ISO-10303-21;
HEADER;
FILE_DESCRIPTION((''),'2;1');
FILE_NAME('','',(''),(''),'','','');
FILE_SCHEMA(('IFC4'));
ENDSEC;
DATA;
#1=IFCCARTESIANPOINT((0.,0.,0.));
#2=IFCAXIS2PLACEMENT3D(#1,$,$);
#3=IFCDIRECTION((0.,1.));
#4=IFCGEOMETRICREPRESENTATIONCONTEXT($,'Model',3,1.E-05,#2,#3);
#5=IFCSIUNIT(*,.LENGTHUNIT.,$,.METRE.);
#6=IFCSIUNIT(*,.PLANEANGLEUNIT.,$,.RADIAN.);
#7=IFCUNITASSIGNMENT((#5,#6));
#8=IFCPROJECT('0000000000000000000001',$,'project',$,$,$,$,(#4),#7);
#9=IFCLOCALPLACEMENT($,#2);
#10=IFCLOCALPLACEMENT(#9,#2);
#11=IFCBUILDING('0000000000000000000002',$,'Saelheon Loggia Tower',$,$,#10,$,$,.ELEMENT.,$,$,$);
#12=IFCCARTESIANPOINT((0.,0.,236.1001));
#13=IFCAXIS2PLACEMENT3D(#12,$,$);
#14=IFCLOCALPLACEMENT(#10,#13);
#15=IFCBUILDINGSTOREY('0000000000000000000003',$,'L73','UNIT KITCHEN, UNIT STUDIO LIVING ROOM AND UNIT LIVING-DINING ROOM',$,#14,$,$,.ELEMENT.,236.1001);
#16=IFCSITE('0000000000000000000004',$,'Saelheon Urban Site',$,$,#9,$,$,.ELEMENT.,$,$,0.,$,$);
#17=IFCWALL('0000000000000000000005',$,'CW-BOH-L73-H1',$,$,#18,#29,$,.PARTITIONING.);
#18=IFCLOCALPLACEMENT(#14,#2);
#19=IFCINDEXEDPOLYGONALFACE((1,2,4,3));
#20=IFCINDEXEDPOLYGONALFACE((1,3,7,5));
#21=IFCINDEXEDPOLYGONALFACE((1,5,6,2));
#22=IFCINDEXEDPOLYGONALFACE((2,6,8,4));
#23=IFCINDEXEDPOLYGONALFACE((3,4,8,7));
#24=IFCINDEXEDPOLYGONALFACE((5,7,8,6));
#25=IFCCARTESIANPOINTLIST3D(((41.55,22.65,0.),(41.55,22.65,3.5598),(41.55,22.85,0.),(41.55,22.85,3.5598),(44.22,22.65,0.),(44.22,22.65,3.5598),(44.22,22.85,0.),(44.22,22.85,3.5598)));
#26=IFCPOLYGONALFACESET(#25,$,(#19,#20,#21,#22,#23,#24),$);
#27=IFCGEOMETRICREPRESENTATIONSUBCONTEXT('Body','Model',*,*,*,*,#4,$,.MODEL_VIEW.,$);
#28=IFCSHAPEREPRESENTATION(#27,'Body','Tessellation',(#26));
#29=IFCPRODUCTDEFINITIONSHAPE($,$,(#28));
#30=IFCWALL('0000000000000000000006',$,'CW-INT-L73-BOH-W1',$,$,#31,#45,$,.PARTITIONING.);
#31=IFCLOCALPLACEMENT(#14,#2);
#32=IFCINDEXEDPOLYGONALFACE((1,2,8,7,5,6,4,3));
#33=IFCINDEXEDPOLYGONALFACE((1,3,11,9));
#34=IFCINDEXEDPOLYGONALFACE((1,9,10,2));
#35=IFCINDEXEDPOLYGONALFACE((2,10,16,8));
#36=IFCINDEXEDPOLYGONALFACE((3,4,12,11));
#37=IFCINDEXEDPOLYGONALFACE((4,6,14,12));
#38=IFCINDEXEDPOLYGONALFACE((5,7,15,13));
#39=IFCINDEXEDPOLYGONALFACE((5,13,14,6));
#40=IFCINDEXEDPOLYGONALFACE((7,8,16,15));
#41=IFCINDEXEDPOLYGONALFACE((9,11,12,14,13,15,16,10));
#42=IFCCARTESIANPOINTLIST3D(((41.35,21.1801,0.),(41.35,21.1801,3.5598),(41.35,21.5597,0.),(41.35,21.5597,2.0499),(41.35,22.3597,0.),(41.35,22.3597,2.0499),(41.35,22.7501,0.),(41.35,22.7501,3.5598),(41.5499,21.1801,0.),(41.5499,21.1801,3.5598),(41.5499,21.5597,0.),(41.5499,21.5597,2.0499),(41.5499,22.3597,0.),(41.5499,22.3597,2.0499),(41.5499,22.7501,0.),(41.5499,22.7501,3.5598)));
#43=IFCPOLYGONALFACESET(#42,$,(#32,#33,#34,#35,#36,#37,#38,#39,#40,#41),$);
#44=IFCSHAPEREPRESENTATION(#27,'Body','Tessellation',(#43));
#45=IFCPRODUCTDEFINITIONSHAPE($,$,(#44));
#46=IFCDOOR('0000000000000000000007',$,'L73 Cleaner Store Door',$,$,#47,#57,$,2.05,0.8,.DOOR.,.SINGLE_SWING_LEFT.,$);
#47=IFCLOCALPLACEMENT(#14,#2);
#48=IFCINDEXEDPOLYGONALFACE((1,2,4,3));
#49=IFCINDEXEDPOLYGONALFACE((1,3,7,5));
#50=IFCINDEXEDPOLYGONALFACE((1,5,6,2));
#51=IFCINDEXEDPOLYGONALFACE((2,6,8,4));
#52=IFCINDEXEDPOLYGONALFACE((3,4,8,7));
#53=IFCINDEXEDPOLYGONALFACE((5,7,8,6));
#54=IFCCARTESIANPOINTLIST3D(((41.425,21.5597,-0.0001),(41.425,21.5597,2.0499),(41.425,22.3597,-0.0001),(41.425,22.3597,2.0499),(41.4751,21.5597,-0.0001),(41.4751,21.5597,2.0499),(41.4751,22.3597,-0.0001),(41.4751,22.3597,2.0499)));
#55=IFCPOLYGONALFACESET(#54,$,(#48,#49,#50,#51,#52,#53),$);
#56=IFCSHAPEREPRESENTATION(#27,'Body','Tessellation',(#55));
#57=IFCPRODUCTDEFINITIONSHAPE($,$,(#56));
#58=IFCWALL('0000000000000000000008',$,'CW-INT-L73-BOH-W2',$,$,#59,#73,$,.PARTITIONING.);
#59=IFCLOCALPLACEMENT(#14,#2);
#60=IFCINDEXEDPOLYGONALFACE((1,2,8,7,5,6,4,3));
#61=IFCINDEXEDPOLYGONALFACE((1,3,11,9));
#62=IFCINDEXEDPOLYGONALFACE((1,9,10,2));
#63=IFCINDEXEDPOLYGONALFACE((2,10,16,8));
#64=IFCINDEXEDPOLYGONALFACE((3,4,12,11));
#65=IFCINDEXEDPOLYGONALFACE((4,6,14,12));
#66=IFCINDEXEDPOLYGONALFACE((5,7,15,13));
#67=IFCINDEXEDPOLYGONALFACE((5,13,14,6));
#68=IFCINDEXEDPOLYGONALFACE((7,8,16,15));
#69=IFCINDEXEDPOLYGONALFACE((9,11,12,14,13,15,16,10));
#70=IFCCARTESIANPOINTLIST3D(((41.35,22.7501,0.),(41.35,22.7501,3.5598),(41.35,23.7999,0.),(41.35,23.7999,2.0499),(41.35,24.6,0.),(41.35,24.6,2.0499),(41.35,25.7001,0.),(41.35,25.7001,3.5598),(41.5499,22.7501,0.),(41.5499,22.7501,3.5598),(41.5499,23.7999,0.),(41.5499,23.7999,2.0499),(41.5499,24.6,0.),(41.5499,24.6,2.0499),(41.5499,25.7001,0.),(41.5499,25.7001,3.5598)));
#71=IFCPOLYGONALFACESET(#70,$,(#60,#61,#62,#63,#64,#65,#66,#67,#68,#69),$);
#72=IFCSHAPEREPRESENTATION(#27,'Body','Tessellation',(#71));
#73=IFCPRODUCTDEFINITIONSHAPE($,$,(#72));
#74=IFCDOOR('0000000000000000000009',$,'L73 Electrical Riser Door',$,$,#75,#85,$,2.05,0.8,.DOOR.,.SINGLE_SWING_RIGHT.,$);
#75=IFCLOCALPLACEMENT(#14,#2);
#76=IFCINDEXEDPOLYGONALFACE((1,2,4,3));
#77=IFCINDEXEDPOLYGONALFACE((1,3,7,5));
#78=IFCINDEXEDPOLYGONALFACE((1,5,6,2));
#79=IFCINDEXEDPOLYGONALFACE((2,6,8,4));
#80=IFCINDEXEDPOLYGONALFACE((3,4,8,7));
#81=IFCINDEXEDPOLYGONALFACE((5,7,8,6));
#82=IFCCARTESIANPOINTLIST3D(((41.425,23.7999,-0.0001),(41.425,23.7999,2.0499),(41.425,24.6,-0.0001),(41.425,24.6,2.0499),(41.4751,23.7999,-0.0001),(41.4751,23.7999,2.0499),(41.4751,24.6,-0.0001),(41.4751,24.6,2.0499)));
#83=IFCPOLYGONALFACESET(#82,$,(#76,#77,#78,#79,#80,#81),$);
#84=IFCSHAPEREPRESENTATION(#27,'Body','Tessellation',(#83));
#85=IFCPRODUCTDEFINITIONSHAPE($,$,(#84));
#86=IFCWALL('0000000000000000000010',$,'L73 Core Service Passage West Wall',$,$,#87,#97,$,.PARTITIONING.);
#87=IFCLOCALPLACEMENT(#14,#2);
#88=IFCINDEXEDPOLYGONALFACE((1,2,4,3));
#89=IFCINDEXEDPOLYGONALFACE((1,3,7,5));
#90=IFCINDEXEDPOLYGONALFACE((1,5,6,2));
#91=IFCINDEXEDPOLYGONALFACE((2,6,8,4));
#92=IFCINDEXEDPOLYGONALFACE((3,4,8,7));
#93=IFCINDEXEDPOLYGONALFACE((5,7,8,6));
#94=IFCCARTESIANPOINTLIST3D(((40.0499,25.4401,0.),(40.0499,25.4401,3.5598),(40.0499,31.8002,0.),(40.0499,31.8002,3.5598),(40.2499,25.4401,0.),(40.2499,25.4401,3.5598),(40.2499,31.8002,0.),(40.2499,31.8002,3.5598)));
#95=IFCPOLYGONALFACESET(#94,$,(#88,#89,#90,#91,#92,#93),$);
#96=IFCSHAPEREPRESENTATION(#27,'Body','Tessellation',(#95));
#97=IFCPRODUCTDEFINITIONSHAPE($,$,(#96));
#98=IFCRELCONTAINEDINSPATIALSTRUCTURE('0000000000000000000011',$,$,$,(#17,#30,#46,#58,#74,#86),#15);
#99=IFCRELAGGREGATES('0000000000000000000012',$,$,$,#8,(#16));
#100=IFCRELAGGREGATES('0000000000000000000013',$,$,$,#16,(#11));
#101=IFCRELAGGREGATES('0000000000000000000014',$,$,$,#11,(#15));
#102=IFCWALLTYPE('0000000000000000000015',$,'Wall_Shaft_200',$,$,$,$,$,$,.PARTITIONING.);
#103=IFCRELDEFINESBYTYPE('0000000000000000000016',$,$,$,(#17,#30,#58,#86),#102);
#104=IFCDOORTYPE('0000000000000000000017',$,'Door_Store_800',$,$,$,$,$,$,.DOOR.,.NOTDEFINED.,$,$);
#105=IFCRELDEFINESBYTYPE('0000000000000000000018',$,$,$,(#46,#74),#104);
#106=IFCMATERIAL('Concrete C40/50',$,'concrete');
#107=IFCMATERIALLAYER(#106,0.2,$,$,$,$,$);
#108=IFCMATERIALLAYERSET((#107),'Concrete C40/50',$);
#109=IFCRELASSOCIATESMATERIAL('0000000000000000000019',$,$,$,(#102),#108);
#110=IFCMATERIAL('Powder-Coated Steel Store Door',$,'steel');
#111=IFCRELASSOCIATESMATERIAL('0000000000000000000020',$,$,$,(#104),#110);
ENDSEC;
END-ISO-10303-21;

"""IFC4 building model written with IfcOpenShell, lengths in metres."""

from ifc_helpers import new_model, si_unit, direction, frame, frame_2d, origin, place, context, subcontext, project, spatial, rectangle, extrude, source, transform, mapped, material, layer, layer_set, type_object, element, fill, save


model = new_model("IFC4")

# Units and contexts
model_context = context("Model", 3, precision=1e-05, world=origin(), true_north=direction((0.0, 1.0)))
body_context = subcontext(model_context, "Body", "Model", "MODEL_VIEW")
ifc_project = project(units=[si_unit("LENGTHUNIT", "METRE"), si_unit("PLANEANGLEUNIT", "RADIAN")], contexts=[model_context])

# Site, building, storey
site_placement = place(None, origin())
site = spatial("IfcSite", under=ifc_project, at=site_placement, Name="Saelheon Urban Site", CompositionType="ELEMENT", RefElevation=0.0)
building_placement = place(site_placement, origin())
building = spatial("IfcBuilding", under=site, at=building_placement, Name="Saelheon Loggia Tower", CompositionType="ELEMENT")
storey_placement = place(building_placement, frame((0.0, 0.0, 236.1001)))
storey = spatial("IfcBuildingStorey", under=building, at=storey_placement, Name="L73", Description="UNIT KITCHEN, UNIT STUDIO LIVING ROOM AND UNIT LIVING-DINING ROOM", CompositionType="ELEMENT", Elevation=236.1001)

# Wall
ifc_material_1 = material(Name="Concrete C40/50", Category="concrete")
ifc_layer = layer(ifc_material_1, 0.2)
ifc_layer_set = layer_set([ifc_layer], Name="Concrete C40/50")
wall_type = type_object("IfcWallType", Name="Wall_Shaft_200", PredefinedType="PARTITIONING", material=ifc_layer_set)
wall_1_placement = place(storey_placement, frame((41.55, 22.75, 0.0), z_axis=(0.0, 0.0, 1.0), x_axis=(1.0, 0.0, 0.0)))
element("IfcWall", 1, at=wall_1_placement, inside=storey, type_object=wall_type, Name="CW-BOH-L73-H1", PredefinedType="PARTITIONING", context=body_context, shape_type="SweptSolid", body=[
    extrude(rectangle(XDim=2.6699, YDim=0.2, at=frame_2d((1.335, 0.0))), origin(), (0.0, 0.0, 1.0), 3.5598),
])

# Walls, openings, doors
wall_2_placement = place(storey_placement, frame((41.45, 21.1799, 0.0), z_axis=(0.0, 0.0, 1.0), x_axis=(0.0, 1.0, 0.0)))
wall_2 = element("IfcWall", 2, at=wall_2_placement, inside=storey, type_object=wall_type, Name="CW-INT-L73-BOH-W1", PredefinedType="PARTITIONING", context=body_context, shape_type="SweptSolid", body=[
    extrude(rectangle(XDim=1.5701, YDim=0.2, at=frame_2d((0.7852, 0.0))), origin(), (0.0, 0.0, 1.0), 3.5598),
])
opening_1_placement = place(wall_2_placement, frame((0.3799, 0.0, 0.0)))
opening_1 = element("IfcOpeningElement", 3, at=opening_1_placement, cuts=wall_2, PredefinedType="OPENING", context=body_context, shape_type="SweptSolid", body=[
    extrude(rectangle(XDim=0.8, YDim=2.05, at=frame_2d((0.3999, 1.0249))), frame((0.0, 0.1121, 0.0), z_axis=(0.0, -1.0, 0.0), x_axis=(1.0, 0.0, 0.0)), (0.0, 0.0, 1.0), 0.2239),
])
ifc_material_2 = material(Name="Powder-Coated Steel Store Door", Category="steel")
door_type_1 = type_object("IfcDoorType", Name="Door_Store_800", OperationType="NOTDEFINED", PredefinedType="DOOR", material=ifc_material_2)
shared_shape_1 = source(origin(), body_context, "Body", "SweptSolid", [
    extrude(rectangle(XDim=0.8, YDim=2.05, at=frame_2d((0.3999, 1.0249))), frame((0.0, 0.0249, 0.0), z_axis=(0.0, -1.0, 0.0), x_axis=(1.0, 0.0, 0.0)), (0.0, 0.0, 1.0), 0.05),
])
door_1_placement = place(opening_1_placement, origin())
door_1 = element("IfcDoor", 4, at=door_1_placement, inside=storey, type_object=door_type_1, Name="L73 Cleaner Store Door", OperationType="SINGLE_SWING_LEFT", OverallHeight=2.05, OverallWidth=0.8, PredefinedType="DOOR", context=body_context, shape_type="MappedRepresentation", body=[
    mapped(shared_shape_1, transform((0.0, 0.0, 0.0), scale=1.0)),
])
fill(opening_1, door_1)
wall_3_placement = place(storey_placement, frame((41.45, 22.75, 0.0), z_axis=(0.0, 0.0, 1.0), x_axis=(0.0, 1.0, 0.0)))
wall_3 = element("IfcWall", 5, at=wall_3_placement, inside=storey, type_object=wall_type, Name="CW-INT-L73-BOH-W2", PredefinedType="PARTITIONING", context=body_context, shape_type="SweptSolid", body=[
    extrude(rectangle(XDim=2.95, YDim=0.2, at=frame_2d((1.4751, 0.0))), origin(), (0.0, 0.0, 1.0), 3.5598),
])
opening_2_placement = place(wall_3_placement, frame((1.05, 0.0, 0.0)))
opening_2 = element("IfcOpeningElement", 6, at=opening_2_placement, cuts=wall_3, PredefinedType="OPENING", context=body_context, shape_type="SweptSolid", body=[
    extrude(rectangle(XDim=0.8, YDim=2.05, at=frame_2d((0.3999, 1.0249))), frame((0.0, 0.1121, 0.0), z_axis=(0.0, -1.0, 0.0), x_axis=(1.0, 0.0, 0.0)), (0.0, 0.0, 1.0), 0.2239),
])
door_2_placement = place(opening_2_placement, origin())
door_2 = element("IfcDoor", 7, at=door_2_placement, inside=storey, type_object=door_type_1, Name="L73 Electrical Riser Door", OperationType="SINGLE_SWING_RIGHT", OverallHeight=2.05, OverallWidth=0.8, PredefinedType="DOOR", context=body_context, shape_type="MappedRepresentation", body=[
    mapped(shared_shape_1, transform((0.0, 0.0, 0.0), scale=1.0)),
])
fill(opening_2, door_2)

# Wall
wall_4_placement = place(storey_placement, frame((40.1499, 25.4399, 0.0), z_axis=(0.0, 0.0, 1.0), x_axis=(0.0, 1.0, 0.0)))
element("IfcWall", 8, at=wall_4_placement, inside=storey, type_object=wall_type, Name="L73 Core Service Passage West Wall", PredefinedType="PARTITIONING", context=body_context, shape_type="SweptSolid", body=[
    extrude(rectangle(XDim=6.3601, YDim=0.2, at=frame_2d((3.1802, 0.0))), origin(), (0.0, 0.0, 1.0), 3.5598),
])

save(model, "model.ifc")
